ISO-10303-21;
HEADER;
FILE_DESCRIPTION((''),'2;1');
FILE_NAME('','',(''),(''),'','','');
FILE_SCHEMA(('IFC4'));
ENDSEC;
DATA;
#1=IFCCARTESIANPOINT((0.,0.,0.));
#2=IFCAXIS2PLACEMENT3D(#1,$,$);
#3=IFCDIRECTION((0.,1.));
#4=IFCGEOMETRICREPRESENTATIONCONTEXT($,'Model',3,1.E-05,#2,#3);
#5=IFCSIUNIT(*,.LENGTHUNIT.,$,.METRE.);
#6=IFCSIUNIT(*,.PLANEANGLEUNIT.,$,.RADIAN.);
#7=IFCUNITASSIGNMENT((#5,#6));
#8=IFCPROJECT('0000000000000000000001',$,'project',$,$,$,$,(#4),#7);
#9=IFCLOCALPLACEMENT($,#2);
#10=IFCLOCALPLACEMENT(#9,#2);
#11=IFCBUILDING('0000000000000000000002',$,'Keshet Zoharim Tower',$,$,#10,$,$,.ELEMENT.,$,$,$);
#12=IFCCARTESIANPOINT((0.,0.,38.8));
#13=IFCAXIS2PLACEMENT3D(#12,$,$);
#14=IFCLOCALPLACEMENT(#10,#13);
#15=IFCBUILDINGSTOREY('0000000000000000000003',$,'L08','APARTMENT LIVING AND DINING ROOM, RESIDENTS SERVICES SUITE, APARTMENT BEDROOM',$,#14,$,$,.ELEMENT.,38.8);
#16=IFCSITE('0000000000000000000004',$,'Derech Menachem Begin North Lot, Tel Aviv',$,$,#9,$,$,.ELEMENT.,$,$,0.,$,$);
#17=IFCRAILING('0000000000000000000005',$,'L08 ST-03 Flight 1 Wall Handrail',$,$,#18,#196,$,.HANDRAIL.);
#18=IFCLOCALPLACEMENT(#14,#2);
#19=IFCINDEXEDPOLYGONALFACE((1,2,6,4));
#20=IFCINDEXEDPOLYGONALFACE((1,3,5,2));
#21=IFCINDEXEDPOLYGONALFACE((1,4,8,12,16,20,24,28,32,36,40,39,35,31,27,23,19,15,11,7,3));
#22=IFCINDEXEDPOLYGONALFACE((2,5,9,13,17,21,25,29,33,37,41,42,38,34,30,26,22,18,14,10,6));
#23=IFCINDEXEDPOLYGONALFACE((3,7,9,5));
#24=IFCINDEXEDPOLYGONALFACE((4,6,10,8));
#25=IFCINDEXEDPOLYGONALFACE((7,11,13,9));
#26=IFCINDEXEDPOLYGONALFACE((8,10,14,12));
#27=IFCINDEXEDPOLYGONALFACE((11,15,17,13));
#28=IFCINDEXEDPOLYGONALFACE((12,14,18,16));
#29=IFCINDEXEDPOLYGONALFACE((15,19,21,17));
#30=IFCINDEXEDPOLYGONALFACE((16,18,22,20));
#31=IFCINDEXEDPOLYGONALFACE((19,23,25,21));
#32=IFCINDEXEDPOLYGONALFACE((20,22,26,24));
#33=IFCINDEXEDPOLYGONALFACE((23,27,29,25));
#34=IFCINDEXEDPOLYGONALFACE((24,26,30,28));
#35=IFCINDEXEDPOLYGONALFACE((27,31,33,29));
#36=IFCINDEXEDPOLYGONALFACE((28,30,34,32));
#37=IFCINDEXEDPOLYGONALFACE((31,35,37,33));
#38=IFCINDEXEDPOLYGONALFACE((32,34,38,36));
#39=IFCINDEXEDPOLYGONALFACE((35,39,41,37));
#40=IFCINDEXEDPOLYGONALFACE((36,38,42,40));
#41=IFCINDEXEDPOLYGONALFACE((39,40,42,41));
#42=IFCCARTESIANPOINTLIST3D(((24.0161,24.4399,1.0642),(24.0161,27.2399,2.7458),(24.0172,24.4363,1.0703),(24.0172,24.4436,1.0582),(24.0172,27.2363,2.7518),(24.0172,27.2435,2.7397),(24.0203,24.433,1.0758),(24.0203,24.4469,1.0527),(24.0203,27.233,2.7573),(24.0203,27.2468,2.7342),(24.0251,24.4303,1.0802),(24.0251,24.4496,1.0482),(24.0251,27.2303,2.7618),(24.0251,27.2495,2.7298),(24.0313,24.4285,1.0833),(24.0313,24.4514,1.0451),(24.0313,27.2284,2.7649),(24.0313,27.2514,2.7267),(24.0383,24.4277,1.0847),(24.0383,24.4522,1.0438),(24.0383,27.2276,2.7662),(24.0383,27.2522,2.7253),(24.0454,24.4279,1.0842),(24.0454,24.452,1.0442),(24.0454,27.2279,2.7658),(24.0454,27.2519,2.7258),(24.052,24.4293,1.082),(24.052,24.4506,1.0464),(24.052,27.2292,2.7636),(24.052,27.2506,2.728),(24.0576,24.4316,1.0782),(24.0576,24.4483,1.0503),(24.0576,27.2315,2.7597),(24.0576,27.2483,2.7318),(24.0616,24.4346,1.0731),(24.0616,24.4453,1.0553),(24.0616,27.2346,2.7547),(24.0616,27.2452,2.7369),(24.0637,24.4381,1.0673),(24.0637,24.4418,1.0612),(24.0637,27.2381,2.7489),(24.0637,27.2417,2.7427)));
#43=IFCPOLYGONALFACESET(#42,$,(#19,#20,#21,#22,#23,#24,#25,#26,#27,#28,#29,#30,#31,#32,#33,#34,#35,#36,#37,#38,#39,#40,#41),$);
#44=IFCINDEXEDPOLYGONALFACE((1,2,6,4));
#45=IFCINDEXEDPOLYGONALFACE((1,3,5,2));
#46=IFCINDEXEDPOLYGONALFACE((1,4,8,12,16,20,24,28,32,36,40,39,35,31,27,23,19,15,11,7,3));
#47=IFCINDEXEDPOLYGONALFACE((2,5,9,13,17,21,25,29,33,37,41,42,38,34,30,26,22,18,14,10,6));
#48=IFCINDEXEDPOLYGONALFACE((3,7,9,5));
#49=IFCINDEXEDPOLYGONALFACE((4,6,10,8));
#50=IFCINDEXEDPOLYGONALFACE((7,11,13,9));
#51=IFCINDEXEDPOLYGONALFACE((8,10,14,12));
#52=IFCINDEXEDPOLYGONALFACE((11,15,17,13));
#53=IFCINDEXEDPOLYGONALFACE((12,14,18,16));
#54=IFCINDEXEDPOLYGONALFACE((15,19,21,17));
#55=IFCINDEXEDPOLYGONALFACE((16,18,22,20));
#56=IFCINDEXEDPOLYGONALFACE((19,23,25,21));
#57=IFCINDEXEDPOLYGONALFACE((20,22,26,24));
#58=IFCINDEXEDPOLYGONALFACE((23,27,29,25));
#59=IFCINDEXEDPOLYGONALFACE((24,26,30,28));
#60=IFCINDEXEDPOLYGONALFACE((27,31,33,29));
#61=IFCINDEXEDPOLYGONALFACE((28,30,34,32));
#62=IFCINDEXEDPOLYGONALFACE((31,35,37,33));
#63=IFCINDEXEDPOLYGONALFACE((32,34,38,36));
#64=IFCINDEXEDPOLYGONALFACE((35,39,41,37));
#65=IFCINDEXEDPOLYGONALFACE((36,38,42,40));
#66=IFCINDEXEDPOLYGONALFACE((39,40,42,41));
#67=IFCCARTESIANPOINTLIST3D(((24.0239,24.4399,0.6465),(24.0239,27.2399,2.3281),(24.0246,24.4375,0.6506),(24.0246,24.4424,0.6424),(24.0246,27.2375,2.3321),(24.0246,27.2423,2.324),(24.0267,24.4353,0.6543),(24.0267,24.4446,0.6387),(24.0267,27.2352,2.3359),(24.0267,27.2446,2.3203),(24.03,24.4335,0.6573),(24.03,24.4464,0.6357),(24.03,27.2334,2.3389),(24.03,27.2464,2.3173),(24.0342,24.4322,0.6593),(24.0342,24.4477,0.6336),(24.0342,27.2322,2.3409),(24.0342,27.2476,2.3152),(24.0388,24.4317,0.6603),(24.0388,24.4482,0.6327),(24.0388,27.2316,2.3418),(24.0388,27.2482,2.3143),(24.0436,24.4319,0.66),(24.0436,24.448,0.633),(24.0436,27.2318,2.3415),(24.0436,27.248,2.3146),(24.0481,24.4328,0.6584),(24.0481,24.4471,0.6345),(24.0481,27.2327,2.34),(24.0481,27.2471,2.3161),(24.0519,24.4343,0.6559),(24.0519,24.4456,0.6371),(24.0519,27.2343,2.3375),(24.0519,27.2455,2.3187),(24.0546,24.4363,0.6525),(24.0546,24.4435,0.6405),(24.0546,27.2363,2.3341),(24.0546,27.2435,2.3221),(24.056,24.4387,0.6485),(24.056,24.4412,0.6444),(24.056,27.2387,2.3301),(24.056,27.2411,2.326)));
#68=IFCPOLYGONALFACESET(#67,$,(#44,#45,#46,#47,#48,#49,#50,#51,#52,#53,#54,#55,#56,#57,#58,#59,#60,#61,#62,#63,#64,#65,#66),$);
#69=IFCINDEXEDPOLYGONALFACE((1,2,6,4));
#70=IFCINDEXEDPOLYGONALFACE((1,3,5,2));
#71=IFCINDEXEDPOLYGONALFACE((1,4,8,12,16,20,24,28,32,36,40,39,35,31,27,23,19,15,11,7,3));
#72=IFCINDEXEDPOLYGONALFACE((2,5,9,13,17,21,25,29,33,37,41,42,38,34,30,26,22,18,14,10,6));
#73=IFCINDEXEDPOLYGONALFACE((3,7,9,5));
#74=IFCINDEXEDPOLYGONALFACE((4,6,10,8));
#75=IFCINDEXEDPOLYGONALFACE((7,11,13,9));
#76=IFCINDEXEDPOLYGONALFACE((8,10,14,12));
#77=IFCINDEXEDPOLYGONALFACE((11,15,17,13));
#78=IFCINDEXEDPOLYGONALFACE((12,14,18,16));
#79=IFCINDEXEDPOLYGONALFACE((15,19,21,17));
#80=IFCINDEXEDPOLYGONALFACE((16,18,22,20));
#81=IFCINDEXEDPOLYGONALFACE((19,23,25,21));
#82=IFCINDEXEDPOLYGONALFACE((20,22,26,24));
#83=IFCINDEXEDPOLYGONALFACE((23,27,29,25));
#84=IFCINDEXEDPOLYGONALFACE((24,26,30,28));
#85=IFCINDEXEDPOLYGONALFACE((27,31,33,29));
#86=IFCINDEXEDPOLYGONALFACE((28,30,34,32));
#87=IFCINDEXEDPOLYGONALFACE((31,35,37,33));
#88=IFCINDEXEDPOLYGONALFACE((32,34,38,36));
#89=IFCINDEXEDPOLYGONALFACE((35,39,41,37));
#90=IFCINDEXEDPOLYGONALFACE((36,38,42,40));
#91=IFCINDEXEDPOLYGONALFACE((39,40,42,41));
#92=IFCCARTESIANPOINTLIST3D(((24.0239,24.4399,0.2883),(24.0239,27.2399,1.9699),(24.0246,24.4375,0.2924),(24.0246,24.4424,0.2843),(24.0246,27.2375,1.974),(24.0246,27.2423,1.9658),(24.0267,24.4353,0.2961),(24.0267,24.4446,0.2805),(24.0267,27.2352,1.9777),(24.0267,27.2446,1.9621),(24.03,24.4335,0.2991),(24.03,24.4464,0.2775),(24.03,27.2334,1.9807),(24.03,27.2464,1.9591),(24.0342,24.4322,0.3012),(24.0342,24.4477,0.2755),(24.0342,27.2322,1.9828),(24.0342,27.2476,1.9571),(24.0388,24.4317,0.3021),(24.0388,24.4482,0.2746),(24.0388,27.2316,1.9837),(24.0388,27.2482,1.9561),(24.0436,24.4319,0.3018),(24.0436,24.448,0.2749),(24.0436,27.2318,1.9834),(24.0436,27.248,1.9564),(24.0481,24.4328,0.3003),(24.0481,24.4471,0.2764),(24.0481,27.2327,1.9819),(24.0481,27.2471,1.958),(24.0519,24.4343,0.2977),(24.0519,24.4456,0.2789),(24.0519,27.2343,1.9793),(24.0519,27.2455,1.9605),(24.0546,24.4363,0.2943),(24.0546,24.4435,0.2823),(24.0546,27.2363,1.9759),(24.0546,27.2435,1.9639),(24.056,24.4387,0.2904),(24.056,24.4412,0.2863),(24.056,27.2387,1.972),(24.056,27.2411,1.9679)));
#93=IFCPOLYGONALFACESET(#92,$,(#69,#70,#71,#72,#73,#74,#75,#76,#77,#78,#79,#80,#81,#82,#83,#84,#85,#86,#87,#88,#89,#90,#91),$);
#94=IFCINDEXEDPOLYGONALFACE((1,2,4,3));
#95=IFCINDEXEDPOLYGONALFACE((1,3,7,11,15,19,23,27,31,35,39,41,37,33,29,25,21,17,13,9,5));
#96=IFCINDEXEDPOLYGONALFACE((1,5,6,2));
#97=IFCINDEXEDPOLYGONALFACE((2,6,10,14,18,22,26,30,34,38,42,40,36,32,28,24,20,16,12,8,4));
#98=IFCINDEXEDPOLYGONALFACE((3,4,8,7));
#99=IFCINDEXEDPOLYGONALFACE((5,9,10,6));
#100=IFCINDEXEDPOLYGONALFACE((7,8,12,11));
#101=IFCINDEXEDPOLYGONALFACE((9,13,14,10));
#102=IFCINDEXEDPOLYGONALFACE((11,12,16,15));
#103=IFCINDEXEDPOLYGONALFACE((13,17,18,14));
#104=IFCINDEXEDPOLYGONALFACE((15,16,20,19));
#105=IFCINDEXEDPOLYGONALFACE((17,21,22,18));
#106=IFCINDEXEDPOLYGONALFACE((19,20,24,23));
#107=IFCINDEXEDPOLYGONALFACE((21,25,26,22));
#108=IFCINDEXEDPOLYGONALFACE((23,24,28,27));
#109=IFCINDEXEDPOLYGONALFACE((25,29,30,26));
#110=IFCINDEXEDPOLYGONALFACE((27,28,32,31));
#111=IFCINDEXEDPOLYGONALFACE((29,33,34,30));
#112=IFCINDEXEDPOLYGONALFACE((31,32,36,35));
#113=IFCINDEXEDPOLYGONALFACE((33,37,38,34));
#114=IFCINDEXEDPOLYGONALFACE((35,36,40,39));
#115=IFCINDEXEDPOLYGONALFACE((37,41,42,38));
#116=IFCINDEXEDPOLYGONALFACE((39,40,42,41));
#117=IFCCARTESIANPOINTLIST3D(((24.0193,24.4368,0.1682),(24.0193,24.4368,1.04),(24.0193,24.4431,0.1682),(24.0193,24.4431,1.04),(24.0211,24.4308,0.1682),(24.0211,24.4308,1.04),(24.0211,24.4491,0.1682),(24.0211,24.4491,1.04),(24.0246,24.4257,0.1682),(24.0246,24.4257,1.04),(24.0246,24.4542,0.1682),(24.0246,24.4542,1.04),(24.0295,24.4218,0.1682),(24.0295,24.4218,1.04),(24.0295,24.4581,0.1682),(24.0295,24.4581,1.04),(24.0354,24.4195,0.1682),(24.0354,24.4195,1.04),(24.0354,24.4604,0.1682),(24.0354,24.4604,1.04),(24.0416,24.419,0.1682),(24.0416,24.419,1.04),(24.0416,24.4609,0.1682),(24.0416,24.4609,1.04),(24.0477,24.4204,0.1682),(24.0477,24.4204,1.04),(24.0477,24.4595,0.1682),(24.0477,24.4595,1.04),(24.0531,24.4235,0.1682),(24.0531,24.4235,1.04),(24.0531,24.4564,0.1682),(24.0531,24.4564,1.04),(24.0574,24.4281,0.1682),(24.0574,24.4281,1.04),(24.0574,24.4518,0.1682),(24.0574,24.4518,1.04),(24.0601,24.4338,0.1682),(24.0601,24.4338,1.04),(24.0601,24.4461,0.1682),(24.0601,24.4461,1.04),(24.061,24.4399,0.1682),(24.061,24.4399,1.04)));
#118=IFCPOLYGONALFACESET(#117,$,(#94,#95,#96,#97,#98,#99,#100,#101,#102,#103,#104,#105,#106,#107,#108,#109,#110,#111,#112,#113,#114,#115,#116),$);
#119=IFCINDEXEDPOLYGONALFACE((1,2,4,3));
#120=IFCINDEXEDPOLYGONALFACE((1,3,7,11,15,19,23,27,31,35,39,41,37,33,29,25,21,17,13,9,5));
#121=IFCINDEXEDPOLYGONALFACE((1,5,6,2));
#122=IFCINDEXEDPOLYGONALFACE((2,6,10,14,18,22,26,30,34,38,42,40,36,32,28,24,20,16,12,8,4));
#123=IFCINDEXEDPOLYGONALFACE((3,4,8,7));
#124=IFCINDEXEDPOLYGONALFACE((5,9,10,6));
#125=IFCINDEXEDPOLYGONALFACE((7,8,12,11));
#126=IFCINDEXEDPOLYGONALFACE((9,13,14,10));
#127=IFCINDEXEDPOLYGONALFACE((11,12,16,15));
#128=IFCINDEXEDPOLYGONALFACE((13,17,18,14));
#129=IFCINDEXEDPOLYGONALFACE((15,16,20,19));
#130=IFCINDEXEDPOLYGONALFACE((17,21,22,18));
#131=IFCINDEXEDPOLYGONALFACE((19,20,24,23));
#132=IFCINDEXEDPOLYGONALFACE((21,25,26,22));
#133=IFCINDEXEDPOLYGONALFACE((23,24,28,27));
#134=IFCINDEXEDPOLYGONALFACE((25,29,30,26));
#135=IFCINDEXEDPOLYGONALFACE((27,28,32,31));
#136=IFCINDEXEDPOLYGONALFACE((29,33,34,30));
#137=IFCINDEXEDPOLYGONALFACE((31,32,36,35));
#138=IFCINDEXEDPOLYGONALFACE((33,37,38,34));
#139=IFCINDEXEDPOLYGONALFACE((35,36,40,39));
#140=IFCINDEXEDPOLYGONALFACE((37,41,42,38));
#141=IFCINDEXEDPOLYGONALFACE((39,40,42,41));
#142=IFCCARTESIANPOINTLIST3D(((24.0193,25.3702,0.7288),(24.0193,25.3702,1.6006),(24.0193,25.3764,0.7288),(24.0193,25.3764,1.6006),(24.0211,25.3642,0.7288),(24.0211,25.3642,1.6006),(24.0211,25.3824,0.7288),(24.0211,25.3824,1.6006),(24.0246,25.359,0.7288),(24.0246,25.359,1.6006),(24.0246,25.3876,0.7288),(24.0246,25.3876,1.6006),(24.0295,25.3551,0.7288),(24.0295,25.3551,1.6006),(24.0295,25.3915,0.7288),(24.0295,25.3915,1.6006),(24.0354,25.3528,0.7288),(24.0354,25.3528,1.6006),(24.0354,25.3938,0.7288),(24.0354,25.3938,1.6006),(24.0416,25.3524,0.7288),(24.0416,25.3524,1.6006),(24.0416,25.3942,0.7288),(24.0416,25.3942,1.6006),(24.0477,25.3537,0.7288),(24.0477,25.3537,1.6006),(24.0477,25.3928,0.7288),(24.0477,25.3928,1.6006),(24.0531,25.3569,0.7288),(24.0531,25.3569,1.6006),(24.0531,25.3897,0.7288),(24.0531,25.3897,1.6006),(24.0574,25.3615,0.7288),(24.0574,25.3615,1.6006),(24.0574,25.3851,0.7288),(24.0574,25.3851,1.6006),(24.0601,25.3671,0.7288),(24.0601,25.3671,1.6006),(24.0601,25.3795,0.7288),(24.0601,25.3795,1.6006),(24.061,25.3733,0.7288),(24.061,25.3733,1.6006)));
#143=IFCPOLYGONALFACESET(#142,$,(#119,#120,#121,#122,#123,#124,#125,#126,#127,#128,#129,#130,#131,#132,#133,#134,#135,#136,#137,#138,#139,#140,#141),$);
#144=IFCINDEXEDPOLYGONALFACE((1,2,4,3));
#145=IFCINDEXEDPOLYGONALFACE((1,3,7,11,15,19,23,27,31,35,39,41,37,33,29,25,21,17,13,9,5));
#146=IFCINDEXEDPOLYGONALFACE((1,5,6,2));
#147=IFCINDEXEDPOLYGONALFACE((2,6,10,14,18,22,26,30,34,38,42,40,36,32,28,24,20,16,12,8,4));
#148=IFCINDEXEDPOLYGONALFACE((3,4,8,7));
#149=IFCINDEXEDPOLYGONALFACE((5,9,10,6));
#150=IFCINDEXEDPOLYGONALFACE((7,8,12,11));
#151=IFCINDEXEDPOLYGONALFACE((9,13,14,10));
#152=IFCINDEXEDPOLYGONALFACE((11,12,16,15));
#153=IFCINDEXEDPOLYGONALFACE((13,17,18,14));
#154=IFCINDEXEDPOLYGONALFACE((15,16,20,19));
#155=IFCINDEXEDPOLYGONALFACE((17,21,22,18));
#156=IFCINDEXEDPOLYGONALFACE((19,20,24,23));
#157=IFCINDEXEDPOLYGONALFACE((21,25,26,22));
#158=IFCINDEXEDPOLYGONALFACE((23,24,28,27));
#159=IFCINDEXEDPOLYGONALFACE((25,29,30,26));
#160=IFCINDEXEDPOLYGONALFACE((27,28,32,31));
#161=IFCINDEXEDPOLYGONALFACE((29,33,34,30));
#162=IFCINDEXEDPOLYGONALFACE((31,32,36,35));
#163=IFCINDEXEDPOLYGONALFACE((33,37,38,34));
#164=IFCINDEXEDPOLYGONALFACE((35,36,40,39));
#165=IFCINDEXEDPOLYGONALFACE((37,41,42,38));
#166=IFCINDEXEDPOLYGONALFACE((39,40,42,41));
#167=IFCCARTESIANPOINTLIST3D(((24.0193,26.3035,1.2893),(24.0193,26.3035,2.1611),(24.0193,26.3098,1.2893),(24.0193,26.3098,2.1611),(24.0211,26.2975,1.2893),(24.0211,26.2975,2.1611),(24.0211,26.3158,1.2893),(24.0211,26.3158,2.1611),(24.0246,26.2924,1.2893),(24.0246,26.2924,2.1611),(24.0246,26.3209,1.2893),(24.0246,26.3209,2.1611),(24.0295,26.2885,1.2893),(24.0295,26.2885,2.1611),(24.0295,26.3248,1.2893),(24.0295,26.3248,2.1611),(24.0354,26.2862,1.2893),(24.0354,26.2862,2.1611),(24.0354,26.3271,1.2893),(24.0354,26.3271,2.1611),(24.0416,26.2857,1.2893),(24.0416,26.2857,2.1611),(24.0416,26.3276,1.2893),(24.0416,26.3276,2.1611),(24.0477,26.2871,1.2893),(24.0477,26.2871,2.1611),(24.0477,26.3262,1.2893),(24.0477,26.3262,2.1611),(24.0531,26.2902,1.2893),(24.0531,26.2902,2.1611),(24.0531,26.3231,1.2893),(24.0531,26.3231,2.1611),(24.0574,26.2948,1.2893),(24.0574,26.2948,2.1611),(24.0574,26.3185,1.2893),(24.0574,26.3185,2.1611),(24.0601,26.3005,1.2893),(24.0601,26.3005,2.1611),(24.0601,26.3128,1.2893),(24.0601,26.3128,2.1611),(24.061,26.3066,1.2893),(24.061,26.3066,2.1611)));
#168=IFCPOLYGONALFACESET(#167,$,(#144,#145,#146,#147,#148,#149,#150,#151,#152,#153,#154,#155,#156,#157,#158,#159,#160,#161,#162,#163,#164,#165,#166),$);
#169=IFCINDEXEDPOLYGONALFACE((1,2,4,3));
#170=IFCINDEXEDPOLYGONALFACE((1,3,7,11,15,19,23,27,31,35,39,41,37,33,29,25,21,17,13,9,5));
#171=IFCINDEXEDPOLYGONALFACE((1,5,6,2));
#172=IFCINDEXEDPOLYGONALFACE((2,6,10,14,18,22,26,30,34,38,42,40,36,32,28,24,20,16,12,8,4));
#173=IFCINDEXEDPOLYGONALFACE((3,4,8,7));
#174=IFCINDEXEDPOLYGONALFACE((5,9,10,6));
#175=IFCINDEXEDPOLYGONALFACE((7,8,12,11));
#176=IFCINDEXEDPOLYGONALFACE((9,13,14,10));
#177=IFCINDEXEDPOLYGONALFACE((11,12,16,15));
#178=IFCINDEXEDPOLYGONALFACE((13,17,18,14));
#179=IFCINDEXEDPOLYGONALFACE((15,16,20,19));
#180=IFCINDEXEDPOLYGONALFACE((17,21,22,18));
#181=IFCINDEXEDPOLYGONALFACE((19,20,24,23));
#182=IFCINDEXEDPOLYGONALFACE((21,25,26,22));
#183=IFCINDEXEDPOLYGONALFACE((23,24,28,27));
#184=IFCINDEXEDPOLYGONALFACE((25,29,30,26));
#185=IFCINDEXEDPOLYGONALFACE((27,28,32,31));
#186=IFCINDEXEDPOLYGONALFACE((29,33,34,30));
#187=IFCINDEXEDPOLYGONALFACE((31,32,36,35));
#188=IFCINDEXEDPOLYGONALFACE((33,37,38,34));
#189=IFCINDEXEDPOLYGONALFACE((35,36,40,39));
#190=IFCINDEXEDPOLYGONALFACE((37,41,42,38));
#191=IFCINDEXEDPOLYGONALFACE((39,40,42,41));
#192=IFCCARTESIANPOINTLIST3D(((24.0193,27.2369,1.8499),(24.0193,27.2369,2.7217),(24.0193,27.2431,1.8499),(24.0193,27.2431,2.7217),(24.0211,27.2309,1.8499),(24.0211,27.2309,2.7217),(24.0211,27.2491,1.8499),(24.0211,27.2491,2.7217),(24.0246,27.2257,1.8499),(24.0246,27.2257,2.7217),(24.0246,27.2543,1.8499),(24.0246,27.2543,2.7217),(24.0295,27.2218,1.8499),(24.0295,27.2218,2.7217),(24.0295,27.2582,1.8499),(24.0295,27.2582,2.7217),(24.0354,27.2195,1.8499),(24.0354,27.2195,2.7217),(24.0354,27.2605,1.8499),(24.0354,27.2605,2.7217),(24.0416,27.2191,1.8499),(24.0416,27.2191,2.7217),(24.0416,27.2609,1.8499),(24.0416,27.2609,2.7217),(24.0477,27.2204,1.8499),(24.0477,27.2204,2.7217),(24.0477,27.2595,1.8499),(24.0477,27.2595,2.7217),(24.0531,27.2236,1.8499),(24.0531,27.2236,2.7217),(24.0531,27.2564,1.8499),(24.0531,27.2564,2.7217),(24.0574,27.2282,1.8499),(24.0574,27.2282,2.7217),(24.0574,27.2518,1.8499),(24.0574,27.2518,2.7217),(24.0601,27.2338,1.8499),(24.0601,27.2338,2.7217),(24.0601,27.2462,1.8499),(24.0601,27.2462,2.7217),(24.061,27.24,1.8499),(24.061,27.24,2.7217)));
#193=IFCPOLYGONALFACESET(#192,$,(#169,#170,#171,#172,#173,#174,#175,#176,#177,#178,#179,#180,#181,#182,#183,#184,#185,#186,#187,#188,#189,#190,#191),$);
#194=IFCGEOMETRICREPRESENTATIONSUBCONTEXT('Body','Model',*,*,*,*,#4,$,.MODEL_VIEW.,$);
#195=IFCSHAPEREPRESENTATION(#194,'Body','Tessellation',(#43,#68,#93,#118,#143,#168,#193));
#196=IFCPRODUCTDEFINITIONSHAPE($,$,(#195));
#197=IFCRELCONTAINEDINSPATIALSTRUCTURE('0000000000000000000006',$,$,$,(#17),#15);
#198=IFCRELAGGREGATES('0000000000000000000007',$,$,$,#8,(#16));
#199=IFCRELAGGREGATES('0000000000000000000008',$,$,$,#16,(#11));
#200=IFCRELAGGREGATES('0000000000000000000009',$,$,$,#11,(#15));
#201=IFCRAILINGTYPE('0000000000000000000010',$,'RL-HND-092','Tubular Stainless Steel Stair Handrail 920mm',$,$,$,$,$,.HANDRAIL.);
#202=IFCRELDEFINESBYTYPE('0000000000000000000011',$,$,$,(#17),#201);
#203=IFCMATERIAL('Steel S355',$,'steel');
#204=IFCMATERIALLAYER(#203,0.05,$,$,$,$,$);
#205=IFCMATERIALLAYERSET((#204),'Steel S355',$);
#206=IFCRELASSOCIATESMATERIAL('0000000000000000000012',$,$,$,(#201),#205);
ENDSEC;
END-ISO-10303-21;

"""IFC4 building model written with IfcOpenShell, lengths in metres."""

from ifc_helpers import new_model, si_unit, direction, frame, origin, origin_2d, place, context, subcontext, project, spatial, circle, extrude, material, layer, layer_set, type_object, element, save


model = new_model("IFC4")

# Units and contexts
model_context = context("Model", 3, precision=1e-05, world=origin(), true_north=direction((0.0, 1.0)))
body_context = subcontext(model_context, "Body", "Model", "MODEL_VIEW")
ifc_project = project(units=[si_unit("LENGTHUNIT", "METRE"), si_unit("PLANEANGLEUNIT", "RADIAN")], contexts=[model_context])

# Site, building, storey
site_placement = place(None, origin())
site = spatial("IfcSite", under=ifc_project, at=site_placement, Name="Derech Menachem Begin North Lot, Tel Aviv", CompositionType="ELEMENT", RefElevation=0.0)
building_placement = place(site_placement, origin())
building = spatial("IfcBuilding", under=site, at=building_placement, Name="Keshet Zoharim Tower", CompositionType="ELEMENT")
storey_placement = place(building_placement, frame((0.0, 0.0, 38.8)))
storey = spatial("IfcBuildingStorey", under=building, at=storey_placement, Name="L08", Description="APARTMENT LIVING AND DINING ROOM, RESIDENTS SERVICES SUITE, APARTMENT BEDROOM", CompositionType="ELEMENT", Elevation=38.8)

# Shared definitions
ifc_material_1 = material(Name="Steel S355", Category="steel")

# Railing
ifc_layer_1 = layer(ifc_material_1, 0.05)
ifc_layer_set_1 = layer_set([ifc_layer_1], Name="Steel S355")
railing_type_1 = type_object("IfcRailingType", Name="RL-HND-092", Description="Tubular Stainless Steel Stair Handrail 920mm", PredefinedType="HANDRAIL", material=ifc_layer_set_1)
railing_1_placement = place(storey_placement, frame((24.04, 24.4399, 0.1682)))
element("IfcRailing", 1, at=railing_1_placement, inside=storey, type_object=railing_type_1, Name="L08 ST-03 Flight 1 Wall Handrail", PredefinedType="HANDRAIL", context=body_context, shape_type="SweptSolid", body=[
    extrude(circle(Radius=0.0239, at=origin_2d()), frame((0.0, 0.0, 0.896), z_axis=(0.0, 0.857275, 0.514858), x_axis=(-1.0, 0.0, 0.0)), (0.0, 0.0, 1.0), 3.2661),
    extrude(circle(Radius=0.0161, at=origin_2d()), frame((0.0, 0.0, 0.4783), z_axis=(0.0, 0.857275, 0.514858), x_axis=(-1.0, 0.0, 0.0)), (0.0, 0.0, 1.0), 3.2661),
    extrude(circle(Radius=0.0161, at=origin_2d()), frame((0.0, 0.0, 0.1201), z_axis=(0.0, 0.857275, 0.514858), x_axis=(-1.0, 0.0, 0.0)), (0.0, 0.0, 1.0), 3.2661),
    extrude(circle(Radius=0.021, at=origin_2d()), origin(), (0.0, 0.0, 1.0), 0.8718),
    extrude(circle(Radius=0.021, at=origin_2d()), frame((0.0, 0.9333, 0.5605)), (0.0, 0.0, 1.0), 0.8718),
    extrude(circle(Radius=0.021, at=origin_2d()), frame((0.0, 1.8667, 1.1211)), (0.0, 0.0, 1.0), 0.8718),
    extrude(circle(Radius=0.021, at=origin_2d()), frame((0.0, 2.8, 1.6816)), (0.0, 0.0, 1.0), 0.8718),
])

save(model, "model.ifc")
